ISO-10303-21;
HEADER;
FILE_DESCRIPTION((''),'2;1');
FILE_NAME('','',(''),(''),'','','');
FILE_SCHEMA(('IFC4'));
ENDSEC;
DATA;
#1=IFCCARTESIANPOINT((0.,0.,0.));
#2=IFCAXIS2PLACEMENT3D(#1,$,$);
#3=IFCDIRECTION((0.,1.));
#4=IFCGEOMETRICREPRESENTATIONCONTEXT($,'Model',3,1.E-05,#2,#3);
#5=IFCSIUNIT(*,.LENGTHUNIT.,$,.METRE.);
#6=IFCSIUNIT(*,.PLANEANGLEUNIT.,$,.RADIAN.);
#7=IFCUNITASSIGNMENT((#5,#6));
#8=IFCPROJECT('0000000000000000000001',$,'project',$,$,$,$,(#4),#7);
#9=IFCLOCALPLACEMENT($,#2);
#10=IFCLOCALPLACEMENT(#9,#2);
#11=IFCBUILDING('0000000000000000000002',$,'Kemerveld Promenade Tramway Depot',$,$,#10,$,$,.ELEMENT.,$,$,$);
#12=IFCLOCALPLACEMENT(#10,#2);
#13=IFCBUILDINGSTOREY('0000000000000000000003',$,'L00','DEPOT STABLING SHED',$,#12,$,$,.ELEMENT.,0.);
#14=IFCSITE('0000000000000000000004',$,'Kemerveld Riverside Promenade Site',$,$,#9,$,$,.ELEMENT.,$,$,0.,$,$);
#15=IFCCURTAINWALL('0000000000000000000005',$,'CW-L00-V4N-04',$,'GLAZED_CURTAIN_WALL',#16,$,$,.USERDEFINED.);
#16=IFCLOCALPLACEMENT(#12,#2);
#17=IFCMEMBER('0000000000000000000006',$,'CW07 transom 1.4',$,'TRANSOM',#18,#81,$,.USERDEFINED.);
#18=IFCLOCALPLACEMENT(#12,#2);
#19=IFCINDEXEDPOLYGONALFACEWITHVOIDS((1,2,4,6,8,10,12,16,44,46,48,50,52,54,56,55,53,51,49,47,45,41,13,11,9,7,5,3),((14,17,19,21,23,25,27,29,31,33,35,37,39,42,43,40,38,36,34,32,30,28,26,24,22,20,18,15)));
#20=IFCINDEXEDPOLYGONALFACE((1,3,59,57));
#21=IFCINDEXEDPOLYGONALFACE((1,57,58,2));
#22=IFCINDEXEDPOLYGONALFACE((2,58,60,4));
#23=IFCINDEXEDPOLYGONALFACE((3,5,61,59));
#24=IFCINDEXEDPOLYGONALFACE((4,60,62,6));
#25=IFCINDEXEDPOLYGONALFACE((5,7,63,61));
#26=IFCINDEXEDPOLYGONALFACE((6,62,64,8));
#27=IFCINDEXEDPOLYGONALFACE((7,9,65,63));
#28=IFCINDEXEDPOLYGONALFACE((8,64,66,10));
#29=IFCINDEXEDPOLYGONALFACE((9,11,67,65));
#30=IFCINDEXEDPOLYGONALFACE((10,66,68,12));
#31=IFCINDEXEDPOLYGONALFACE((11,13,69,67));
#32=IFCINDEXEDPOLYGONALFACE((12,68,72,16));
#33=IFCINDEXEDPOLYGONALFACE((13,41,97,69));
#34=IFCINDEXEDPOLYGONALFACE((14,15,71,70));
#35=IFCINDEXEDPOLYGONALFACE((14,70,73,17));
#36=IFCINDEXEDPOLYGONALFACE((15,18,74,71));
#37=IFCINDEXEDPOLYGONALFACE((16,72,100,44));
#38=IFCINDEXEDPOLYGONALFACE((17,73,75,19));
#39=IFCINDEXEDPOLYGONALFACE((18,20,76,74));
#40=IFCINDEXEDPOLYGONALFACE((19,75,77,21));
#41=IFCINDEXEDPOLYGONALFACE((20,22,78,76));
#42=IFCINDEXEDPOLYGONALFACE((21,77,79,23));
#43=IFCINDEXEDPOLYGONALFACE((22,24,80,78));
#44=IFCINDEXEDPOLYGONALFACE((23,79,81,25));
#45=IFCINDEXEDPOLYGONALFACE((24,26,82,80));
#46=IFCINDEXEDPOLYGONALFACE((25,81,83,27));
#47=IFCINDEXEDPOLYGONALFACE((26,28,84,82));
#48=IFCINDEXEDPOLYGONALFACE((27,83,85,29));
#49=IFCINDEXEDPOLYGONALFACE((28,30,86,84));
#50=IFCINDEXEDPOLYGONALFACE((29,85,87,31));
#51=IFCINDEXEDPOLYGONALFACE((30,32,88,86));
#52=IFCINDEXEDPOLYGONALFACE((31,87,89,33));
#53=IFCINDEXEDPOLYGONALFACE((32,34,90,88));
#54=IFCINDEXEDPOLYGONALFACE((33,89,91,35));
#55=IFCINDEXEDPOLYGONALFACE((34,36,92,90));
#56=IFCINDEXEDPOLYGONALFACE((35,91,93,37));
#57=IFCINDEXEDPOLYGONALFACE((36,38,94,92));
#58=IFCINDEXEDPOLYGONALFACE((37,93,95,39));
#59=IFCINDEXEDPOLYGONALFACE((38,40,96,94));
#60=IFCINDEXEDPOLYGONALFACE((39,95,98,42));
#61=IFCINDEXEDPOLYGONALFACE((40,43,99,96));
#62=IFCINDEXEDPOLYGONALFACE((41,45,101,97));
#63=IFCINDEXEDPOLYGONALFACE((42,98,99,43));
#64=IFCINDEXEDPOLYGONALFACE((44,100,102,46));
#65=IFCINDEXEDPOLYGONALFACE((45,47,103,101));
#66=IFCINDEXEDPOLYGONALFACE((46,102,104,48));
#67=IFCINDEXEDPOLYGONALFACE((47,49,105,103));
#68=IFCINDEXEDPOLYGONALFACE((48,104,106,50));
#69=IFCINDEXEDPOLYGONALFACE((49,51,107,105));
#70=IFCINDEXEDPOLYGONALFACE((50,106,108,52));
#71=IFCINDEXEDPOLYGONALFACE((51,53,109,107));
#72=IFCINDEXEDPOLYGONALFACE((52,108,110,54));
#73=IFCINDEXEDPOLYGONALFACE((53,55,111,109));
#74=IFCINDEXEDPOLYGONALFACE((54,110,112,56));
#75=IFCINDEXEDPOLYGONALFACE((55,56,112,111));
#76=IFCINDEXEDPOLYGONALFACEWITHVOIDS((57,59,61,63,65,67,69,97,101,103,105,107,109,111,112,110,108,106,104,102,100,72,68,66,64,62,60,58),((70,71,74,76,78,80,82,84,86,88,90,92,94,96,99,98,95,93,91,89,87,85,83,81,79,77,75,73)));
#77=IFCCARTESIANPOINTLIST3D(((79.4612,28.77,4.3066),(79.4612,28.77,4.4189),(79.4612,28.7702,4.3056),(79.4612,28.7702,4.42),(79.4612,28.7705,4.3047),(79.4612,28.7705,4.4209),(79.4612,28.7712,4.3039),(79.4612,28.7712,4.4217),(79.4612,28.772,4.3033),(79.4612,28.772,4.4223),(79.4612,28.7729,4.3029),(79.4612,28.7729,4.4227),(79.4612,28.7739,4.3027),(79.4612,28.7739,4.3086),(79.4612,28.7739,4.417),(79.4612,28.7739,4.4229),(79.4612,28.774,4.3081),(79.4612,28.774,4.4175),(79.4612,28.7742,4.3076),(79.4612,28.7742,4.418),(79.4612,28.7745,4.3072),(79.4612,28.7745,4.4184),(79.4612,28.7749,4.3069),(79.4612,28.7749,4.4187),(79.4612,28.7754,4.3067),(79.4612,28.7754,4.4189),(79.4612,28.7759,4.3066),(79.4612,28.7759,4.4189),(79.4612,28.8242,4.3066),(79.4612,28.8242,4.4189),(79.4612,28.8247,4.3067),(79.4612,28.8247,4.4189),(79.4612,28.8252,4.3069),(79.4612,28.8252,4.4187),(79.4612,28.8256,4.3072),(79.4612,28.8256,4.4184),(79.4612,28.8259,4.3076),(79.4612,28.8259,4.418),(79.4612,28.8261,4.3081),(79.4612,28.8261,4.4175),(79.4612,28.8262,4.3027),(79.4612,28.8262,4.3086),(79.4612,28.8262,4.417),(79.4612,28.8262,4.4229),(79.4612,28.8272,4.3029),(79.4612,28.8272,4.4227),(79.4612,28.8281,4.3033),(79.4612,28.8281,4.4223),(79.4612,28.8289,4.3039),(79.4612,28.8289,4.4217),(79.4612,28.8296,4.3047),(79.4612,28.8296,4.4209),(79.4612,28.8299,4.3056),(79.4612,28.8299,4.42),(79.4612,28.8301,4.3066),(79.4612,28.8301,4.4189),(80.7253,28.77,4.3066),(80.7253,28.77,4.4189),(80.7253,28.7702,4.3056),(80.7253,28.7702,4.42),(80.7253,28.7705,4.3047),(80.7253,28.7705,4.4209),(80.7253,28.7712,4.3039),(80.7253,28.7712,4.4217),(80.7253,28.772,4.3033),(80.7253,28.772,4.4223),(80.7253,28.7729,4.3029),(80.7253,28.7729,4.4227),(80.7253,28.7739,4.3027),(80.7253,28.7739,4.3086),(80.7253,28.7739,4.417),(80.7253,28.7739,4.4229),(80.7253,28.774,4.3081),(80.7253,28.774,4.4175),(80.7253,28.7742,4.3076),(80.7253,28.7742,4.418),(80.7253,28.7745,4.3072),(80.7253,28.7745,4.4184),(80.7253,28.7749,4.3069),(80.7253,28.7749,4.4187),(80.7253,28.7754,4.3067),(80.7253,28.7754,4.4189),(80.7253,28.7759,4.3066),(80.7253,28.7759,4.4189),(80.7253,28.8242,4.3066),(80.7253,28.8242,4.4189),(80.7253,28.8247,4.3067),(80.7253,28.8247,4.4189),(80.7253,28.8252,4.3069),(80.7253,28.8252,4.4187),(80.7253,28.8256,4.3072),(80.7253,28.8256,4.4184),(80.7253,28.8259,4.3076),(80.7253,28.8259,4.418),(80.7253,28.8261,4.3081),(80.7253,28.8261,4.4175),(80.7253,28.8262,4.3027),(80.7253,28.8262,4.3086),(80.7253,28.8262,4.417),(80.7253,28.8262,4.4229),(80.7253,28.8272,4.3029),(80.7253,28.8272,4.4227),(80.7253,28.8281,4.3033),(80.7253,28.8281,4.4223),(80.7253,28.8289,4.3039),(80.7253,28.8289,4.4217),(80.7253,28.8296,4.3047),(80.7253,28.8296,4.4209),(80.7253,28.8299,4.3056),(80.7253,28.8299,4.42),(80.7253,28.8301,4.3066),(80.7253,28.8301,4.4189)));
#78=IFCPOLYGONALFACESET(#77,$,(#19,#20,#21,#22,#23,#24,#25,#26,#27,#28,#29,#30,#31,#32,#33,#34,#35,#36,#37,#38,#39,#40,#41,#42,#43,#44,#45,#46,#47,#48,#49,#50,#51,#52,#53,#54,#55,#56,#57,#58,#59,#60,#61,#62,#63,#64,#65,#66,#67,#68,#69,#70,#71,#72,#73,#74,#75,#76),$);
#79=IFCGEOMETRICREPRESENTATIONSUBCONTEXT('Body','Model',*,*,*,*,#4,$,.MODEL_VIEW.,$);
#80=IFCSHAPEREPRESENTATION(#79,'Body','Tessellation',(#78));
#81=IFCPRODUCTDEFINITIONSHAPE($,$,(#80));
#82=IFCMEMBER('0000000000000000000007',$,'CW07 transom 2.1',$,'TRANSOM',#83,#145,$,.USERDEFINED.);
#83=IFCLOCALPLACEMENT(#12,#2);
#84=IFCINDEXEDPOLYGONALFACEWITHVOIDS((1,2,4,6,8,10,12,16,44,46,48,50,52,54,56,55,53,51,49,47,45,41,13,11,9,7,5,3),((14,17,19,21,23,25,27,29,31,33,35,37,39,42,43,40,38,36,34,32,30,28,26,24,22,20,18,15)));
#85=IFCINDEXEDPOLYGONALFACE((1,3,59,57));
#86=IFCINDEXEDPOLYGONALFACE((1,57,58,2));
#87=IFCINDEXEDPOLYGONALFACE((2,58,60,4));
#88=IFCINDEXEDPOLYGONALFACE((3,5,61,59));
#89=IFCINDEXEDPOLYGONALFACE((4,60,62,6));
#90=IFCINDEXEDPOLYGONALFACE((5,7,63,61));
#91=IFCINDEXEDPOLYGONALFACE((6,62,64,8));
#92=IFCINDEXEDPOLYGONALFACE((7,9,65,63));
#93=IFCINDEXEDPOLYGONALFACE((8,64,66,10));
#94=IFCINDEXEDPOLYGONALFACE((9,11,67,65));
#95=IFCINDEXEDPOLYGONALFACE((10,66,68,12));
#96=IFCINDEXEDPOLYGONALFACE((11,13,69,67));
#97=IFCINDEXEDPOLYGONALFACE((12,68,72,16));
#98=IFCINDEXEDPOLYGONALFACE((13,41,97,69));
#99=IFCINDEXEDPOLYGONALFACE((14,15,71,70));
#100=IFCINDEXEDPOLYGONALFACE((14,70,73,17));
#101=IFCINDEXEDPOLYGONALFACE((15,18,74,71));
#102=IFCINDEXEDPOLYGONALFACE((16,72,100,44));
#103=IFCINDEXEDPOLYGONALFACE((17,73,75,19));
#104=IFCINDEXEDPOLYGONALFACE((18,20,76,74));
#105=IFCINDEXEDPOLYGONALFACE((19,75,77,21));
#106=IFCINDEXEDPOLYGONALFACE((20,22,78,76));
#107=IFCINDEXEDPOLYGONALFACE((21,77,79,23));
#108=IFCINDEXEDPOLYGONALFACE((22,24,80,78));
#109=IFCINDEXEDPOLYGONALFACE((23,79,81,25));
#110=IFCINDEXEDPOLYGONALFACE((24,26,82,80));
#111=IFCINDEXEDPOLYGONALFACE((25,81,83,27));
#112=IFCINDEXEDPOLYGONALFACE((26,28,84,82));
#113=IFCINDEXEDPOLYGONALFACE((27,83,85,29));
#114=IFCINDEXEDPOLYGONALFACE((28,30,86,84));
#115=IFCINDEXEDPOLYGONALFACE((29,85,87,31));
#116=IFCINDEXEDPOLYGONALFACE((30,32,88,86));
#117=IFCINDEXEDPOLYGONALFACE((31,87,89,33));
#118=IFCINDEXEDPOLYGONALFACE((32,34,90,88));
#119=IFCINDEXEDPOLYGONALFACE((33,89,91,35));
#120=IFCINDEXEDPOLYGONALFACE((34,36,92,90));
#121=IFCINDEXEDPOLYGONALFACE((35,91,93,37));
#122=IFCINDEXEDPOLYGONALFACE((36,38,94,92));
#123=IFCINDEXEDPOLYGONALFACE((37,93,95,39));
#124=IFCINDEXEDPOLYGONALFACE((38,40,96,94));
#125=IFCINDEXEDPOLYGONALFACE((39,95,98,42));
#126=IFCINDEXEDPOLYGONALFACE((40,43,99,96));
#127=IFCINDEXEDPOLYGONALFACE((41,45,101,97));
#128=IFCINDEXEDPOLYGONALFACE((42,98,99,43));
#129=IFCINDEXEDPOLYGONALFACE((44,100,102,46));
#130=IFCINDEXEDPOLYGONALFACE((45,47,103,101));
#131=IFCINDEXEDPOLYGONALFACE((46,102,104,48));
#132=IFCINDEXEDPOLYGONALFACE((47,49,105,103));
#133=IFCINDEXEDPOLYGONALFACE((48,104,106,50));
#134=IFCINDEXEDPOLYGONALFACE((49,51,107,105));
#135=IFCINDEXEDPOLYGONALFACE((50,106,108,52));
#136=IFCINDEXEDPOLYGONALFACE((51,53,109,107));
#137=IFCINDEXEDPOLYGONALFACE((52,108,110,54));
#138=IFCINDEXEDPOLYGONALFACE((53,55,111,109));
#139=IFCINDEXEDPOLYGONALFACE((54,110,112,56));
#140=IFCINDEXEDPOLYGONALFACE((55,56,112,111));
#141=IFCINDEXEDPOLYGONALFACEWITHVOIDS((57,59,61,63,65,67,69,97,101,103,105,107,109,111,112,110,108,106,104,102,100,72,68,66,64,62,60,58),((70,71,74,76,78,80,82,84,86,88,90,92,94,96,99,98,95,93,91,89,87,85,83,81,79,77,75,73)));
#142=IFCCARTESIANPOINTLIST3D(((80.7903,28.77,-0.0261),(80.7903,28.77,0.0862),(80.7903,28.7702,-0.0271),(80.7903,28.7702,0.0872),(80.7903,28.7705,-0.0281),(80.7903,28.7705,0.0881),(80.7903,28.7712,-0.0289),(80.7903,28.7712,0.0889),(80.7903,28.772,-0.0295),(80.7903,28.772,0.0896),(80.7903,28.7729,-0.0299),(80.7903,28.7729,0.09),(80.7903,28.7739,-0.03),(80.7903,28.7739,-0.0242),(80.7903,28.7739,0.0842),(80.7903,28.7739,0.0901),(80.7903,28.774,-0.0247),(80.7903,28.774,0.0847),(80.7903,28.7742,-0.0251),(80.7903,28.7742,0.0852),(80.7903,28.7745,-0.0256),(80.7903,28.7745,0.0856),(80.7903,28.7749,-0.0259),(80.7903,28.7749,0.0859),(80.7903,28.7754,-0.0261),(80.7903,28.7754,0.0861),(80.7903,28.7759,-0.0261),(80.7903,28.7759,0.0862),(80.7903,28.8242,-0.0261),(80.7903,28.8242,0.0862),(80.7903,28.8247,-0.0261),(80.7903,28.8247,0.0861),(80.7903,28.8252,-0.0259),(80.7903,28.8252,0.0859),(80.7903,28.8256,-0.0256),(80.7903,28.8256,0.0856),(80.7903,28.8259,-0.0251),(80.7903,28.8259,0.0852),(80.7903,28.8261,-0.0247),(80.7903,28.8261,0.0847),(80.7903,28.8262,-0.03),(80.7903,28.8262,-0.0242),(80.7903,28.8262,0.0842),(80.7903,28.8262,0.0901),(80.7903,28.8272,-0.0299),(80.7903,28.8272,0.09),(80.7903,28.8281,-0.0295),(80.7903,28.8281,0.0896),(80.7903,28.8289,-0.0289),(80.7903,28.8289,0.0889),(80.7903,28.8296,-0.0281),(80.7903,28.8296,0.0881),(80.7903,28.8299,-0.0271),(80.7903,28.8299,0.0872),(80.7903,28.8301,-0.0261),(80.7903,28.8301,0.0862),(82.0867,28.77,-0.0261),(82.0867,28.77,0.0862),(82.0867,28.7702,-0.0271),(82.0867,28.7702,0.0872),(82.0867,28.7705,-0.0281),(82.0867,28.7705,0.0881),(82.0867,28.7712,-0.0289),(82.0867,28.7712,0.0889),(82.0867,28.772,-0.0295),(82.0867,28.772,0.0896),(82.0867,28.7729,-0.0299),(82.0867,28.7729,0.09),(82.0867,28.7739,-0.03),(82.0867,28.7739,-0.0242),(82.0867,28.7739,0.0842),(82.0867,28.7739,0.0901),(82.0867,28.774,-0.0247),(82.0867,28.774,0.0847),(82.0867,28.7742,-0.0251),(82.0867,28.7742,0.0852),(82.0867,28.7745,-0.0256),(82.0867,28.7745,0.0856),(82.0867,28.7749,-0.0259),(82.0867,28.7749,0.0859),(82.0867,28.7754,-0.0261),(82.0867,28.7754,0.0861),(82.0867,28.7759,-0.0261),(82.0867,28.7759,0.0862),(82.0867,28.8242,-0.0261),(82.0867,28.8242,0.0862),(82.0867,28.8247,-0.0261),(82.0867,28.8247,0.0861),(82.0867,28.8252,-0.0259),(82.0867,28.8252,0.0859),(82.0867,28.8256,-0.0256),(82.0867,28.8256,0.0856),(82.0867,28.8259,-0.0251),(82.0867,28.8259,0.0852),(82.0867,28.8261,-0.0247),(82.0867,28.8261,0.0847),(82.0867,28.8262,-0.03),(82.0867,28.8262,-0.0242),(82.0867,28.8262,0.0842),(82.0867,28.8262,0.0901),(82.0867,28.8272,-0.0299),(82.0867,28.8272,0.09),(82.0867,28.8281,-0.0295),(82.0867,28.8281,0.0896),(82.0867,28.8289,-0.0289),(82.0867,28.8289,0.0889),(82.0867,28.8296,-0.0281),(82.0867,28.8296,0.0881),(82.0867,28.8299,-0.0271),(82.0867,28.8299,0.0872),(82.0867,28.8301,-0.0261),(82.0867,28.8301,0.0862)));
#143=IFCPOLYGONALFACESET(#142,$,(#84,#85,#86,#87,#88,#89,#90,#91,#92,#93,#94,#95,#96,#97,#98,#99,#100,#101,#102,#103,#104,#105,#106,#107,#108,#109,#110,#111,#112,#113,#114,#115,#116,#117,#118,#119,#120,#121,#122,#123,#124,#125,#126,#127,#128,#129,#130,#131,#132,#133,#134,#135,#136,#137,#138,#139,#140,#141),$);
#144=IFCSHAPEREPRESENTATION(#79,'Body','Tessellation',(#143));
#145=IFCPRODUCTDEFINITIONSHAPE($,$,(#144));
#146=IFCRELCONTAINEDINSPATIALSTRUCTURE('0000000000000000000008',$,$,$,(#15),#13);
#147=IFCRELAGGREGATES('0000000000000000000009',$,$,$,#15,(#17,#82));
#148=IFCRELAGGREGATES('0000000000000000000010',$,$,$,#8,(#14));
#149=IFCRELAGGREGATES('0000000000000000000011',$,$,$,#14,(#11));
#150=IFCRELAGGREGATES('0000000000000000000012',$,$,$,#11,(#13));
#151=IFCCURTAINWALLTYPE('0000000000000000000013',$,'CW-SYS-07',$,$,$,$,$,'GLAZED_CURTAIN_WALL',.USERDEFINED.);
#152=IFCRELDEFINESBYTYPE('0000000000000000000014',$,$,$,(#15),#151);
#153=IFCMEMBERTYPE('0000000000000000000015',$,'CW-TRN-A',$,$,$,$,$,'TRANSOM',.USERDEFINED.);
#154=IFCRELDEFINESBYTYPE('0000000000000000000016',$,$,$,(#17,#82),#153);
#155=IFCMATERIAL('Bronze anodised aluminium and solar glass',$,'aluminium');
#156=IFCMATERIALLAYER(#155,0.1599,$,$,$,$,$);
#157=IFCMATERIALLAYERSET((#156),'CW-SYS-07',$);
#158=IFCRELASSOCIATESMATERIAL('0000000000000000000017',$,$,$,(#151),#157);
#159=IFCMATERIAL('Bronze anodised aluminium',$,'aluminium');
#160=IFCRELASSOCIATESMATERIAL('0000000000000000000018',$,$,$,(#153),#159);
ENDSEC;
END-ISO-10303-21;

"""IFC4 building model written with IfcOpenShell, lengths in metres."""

from ifc_helpers import new_model, si_unit, direction, frame, origin, origin_2d, place, context, subcontext, project, spatial, hollow_rectangle, extrude, material, layer, layer_set, material_profile, profile_set, type_object, element, aggregate, save


model = new_model("IFC4")

# Units and contexts
model_context = context("Model", 3, precision=1e-05, world=origin(), true_north=direction((0.0, 1.0)))
body_context = subcontext(model_context, "Body", "Model", "MODEL_VIEW")
ifc_project = project(units=[si_unit("LENGTHUNIT", "METRE"), si_unit("PLANEANGLEUNIT", "RADIAN")], contexts=[model_context])

# Site, building, storey
site_placement = place(None, origin())
site = spatial("IfcSite", under=ifc_project, at=site_placement, Name="Kemerveld Riverside Promenade Site", CompositionType="ELEMENT", RefElevation=0.0)
building_placement = place(site_placement, origin())
building = spatial("IfcBuilding", under=site, at=building_placement, Name="Kemerveld Promenade Tramway Depot", CompositionType="ELEMENT")
storey_placement = place(building_placement, origin())
storey = spatial("IfcBuildingStorey", under=building, at=storey_placement, Name="L00", Description="DEPOT STABLING SHED", CompositionType="ELEMENT", Elevation=0.0)

# Curtain wall, members
ifc_material_1 = material(Name="Bronze anodised aluminium and solar glass", Category="aluminium")
ifc_layer_1 = layer(ifc_material_1, 0.1599)
ifc_layer_set_1 = layer_set([ifc_layer_1], Name="CW-SYS-07")
curtain_wall_type = type_object("IfcCurtainWallType", Name="CW-SYS-07", ElementType="GLAZED_CURTAIN_WALL", PredefinedType="USERDEFINED", material=ifc_layer_set_1)
curtain_wall_placement = place(storey_placement, origin())
curtain_wall = element("IfcCurtainWall", 1, at=curtain_wall_placement, inside=storey, type_object=curtain_wall_type, Name="CW-L00-V4N-04", ObjectType="GLAZED_CURTAIN_WALL", PredefinedType="USERDEFINED")
ifc_material_2 = material(Name="Bronze anodised aluminium", Category="aluminium")
ifc_material_profile_1 = material_profile(ifc_material_2, hollow_rectangle(XDim=0.0601, YDim=0.1201, WallThickness=0.0039, InnerFilletRadius=0.002, OuterFilletRadius=0.0039, at=origin_2d()), Name="CW-TRN-120x60")
ifc_profile_set_1 = profile_set([ifc_material_profile_1], Name="Bronze anodised aluminium")
member_type_1 = type_object("IfcMemberType", Name="CW-TRN-A", ElementType="TRANSOM", PredefinedType="USERDEFINED", material=ifc_profile_set_1)
member_1_placement = place(storey_placement, frame((79.4612, 28.8, 4.3628), z_axis=(1.0, 0.0, 0.0), x_axis=(0.0, 1.0, 0.0)))
member_1 = element("IfcMember", 2, at=member_1_placement, type_object=member_type_1, Name="CW07 transom 1.4", ObjectType="TRANSOM", PredefinedType="USERDEFINED", context=body_context, shape_type="SweptSolid", body=[
    extrude(hollow_rectangle(XDim=0.0601, YDim=0.1201, WallThickness=0.0039, InnerFilletRadius=0.002, OuterFilletRadius=0.0039, at=origin_2d()), origin(), (0.0, 0.0, 1.0), 1.2642),
])
member_2_placement = place(storey_placement, frame((80.7903, 28.8, 0.03), z_axis=(1.0, 0.0, 0.0), x_axis=(0.0, 1.0, 0.0)))
member_2 = element("IfcMember", 3, at=member_2_placement, type_object=member_type_1, Name="CW07 transom 2.1", ObjectType="TRANSOM", PredefinedType="USERDEFINED", context=body_context, shape_type="SweptSolid", body=[
    extrude(hollow_rectangle(XDim=0.0601, YDim=0.1201, WallThickness=0.0039, InnerFilletRadius=0.002, OuterFilletRadius=0.0039, at=origin_2d()), origin(), (0.0, 0.0, 1.0), 1.2964),
])
aggregate(curtain_wall, [member_1, member_2])

save(model, "model.ifc")
